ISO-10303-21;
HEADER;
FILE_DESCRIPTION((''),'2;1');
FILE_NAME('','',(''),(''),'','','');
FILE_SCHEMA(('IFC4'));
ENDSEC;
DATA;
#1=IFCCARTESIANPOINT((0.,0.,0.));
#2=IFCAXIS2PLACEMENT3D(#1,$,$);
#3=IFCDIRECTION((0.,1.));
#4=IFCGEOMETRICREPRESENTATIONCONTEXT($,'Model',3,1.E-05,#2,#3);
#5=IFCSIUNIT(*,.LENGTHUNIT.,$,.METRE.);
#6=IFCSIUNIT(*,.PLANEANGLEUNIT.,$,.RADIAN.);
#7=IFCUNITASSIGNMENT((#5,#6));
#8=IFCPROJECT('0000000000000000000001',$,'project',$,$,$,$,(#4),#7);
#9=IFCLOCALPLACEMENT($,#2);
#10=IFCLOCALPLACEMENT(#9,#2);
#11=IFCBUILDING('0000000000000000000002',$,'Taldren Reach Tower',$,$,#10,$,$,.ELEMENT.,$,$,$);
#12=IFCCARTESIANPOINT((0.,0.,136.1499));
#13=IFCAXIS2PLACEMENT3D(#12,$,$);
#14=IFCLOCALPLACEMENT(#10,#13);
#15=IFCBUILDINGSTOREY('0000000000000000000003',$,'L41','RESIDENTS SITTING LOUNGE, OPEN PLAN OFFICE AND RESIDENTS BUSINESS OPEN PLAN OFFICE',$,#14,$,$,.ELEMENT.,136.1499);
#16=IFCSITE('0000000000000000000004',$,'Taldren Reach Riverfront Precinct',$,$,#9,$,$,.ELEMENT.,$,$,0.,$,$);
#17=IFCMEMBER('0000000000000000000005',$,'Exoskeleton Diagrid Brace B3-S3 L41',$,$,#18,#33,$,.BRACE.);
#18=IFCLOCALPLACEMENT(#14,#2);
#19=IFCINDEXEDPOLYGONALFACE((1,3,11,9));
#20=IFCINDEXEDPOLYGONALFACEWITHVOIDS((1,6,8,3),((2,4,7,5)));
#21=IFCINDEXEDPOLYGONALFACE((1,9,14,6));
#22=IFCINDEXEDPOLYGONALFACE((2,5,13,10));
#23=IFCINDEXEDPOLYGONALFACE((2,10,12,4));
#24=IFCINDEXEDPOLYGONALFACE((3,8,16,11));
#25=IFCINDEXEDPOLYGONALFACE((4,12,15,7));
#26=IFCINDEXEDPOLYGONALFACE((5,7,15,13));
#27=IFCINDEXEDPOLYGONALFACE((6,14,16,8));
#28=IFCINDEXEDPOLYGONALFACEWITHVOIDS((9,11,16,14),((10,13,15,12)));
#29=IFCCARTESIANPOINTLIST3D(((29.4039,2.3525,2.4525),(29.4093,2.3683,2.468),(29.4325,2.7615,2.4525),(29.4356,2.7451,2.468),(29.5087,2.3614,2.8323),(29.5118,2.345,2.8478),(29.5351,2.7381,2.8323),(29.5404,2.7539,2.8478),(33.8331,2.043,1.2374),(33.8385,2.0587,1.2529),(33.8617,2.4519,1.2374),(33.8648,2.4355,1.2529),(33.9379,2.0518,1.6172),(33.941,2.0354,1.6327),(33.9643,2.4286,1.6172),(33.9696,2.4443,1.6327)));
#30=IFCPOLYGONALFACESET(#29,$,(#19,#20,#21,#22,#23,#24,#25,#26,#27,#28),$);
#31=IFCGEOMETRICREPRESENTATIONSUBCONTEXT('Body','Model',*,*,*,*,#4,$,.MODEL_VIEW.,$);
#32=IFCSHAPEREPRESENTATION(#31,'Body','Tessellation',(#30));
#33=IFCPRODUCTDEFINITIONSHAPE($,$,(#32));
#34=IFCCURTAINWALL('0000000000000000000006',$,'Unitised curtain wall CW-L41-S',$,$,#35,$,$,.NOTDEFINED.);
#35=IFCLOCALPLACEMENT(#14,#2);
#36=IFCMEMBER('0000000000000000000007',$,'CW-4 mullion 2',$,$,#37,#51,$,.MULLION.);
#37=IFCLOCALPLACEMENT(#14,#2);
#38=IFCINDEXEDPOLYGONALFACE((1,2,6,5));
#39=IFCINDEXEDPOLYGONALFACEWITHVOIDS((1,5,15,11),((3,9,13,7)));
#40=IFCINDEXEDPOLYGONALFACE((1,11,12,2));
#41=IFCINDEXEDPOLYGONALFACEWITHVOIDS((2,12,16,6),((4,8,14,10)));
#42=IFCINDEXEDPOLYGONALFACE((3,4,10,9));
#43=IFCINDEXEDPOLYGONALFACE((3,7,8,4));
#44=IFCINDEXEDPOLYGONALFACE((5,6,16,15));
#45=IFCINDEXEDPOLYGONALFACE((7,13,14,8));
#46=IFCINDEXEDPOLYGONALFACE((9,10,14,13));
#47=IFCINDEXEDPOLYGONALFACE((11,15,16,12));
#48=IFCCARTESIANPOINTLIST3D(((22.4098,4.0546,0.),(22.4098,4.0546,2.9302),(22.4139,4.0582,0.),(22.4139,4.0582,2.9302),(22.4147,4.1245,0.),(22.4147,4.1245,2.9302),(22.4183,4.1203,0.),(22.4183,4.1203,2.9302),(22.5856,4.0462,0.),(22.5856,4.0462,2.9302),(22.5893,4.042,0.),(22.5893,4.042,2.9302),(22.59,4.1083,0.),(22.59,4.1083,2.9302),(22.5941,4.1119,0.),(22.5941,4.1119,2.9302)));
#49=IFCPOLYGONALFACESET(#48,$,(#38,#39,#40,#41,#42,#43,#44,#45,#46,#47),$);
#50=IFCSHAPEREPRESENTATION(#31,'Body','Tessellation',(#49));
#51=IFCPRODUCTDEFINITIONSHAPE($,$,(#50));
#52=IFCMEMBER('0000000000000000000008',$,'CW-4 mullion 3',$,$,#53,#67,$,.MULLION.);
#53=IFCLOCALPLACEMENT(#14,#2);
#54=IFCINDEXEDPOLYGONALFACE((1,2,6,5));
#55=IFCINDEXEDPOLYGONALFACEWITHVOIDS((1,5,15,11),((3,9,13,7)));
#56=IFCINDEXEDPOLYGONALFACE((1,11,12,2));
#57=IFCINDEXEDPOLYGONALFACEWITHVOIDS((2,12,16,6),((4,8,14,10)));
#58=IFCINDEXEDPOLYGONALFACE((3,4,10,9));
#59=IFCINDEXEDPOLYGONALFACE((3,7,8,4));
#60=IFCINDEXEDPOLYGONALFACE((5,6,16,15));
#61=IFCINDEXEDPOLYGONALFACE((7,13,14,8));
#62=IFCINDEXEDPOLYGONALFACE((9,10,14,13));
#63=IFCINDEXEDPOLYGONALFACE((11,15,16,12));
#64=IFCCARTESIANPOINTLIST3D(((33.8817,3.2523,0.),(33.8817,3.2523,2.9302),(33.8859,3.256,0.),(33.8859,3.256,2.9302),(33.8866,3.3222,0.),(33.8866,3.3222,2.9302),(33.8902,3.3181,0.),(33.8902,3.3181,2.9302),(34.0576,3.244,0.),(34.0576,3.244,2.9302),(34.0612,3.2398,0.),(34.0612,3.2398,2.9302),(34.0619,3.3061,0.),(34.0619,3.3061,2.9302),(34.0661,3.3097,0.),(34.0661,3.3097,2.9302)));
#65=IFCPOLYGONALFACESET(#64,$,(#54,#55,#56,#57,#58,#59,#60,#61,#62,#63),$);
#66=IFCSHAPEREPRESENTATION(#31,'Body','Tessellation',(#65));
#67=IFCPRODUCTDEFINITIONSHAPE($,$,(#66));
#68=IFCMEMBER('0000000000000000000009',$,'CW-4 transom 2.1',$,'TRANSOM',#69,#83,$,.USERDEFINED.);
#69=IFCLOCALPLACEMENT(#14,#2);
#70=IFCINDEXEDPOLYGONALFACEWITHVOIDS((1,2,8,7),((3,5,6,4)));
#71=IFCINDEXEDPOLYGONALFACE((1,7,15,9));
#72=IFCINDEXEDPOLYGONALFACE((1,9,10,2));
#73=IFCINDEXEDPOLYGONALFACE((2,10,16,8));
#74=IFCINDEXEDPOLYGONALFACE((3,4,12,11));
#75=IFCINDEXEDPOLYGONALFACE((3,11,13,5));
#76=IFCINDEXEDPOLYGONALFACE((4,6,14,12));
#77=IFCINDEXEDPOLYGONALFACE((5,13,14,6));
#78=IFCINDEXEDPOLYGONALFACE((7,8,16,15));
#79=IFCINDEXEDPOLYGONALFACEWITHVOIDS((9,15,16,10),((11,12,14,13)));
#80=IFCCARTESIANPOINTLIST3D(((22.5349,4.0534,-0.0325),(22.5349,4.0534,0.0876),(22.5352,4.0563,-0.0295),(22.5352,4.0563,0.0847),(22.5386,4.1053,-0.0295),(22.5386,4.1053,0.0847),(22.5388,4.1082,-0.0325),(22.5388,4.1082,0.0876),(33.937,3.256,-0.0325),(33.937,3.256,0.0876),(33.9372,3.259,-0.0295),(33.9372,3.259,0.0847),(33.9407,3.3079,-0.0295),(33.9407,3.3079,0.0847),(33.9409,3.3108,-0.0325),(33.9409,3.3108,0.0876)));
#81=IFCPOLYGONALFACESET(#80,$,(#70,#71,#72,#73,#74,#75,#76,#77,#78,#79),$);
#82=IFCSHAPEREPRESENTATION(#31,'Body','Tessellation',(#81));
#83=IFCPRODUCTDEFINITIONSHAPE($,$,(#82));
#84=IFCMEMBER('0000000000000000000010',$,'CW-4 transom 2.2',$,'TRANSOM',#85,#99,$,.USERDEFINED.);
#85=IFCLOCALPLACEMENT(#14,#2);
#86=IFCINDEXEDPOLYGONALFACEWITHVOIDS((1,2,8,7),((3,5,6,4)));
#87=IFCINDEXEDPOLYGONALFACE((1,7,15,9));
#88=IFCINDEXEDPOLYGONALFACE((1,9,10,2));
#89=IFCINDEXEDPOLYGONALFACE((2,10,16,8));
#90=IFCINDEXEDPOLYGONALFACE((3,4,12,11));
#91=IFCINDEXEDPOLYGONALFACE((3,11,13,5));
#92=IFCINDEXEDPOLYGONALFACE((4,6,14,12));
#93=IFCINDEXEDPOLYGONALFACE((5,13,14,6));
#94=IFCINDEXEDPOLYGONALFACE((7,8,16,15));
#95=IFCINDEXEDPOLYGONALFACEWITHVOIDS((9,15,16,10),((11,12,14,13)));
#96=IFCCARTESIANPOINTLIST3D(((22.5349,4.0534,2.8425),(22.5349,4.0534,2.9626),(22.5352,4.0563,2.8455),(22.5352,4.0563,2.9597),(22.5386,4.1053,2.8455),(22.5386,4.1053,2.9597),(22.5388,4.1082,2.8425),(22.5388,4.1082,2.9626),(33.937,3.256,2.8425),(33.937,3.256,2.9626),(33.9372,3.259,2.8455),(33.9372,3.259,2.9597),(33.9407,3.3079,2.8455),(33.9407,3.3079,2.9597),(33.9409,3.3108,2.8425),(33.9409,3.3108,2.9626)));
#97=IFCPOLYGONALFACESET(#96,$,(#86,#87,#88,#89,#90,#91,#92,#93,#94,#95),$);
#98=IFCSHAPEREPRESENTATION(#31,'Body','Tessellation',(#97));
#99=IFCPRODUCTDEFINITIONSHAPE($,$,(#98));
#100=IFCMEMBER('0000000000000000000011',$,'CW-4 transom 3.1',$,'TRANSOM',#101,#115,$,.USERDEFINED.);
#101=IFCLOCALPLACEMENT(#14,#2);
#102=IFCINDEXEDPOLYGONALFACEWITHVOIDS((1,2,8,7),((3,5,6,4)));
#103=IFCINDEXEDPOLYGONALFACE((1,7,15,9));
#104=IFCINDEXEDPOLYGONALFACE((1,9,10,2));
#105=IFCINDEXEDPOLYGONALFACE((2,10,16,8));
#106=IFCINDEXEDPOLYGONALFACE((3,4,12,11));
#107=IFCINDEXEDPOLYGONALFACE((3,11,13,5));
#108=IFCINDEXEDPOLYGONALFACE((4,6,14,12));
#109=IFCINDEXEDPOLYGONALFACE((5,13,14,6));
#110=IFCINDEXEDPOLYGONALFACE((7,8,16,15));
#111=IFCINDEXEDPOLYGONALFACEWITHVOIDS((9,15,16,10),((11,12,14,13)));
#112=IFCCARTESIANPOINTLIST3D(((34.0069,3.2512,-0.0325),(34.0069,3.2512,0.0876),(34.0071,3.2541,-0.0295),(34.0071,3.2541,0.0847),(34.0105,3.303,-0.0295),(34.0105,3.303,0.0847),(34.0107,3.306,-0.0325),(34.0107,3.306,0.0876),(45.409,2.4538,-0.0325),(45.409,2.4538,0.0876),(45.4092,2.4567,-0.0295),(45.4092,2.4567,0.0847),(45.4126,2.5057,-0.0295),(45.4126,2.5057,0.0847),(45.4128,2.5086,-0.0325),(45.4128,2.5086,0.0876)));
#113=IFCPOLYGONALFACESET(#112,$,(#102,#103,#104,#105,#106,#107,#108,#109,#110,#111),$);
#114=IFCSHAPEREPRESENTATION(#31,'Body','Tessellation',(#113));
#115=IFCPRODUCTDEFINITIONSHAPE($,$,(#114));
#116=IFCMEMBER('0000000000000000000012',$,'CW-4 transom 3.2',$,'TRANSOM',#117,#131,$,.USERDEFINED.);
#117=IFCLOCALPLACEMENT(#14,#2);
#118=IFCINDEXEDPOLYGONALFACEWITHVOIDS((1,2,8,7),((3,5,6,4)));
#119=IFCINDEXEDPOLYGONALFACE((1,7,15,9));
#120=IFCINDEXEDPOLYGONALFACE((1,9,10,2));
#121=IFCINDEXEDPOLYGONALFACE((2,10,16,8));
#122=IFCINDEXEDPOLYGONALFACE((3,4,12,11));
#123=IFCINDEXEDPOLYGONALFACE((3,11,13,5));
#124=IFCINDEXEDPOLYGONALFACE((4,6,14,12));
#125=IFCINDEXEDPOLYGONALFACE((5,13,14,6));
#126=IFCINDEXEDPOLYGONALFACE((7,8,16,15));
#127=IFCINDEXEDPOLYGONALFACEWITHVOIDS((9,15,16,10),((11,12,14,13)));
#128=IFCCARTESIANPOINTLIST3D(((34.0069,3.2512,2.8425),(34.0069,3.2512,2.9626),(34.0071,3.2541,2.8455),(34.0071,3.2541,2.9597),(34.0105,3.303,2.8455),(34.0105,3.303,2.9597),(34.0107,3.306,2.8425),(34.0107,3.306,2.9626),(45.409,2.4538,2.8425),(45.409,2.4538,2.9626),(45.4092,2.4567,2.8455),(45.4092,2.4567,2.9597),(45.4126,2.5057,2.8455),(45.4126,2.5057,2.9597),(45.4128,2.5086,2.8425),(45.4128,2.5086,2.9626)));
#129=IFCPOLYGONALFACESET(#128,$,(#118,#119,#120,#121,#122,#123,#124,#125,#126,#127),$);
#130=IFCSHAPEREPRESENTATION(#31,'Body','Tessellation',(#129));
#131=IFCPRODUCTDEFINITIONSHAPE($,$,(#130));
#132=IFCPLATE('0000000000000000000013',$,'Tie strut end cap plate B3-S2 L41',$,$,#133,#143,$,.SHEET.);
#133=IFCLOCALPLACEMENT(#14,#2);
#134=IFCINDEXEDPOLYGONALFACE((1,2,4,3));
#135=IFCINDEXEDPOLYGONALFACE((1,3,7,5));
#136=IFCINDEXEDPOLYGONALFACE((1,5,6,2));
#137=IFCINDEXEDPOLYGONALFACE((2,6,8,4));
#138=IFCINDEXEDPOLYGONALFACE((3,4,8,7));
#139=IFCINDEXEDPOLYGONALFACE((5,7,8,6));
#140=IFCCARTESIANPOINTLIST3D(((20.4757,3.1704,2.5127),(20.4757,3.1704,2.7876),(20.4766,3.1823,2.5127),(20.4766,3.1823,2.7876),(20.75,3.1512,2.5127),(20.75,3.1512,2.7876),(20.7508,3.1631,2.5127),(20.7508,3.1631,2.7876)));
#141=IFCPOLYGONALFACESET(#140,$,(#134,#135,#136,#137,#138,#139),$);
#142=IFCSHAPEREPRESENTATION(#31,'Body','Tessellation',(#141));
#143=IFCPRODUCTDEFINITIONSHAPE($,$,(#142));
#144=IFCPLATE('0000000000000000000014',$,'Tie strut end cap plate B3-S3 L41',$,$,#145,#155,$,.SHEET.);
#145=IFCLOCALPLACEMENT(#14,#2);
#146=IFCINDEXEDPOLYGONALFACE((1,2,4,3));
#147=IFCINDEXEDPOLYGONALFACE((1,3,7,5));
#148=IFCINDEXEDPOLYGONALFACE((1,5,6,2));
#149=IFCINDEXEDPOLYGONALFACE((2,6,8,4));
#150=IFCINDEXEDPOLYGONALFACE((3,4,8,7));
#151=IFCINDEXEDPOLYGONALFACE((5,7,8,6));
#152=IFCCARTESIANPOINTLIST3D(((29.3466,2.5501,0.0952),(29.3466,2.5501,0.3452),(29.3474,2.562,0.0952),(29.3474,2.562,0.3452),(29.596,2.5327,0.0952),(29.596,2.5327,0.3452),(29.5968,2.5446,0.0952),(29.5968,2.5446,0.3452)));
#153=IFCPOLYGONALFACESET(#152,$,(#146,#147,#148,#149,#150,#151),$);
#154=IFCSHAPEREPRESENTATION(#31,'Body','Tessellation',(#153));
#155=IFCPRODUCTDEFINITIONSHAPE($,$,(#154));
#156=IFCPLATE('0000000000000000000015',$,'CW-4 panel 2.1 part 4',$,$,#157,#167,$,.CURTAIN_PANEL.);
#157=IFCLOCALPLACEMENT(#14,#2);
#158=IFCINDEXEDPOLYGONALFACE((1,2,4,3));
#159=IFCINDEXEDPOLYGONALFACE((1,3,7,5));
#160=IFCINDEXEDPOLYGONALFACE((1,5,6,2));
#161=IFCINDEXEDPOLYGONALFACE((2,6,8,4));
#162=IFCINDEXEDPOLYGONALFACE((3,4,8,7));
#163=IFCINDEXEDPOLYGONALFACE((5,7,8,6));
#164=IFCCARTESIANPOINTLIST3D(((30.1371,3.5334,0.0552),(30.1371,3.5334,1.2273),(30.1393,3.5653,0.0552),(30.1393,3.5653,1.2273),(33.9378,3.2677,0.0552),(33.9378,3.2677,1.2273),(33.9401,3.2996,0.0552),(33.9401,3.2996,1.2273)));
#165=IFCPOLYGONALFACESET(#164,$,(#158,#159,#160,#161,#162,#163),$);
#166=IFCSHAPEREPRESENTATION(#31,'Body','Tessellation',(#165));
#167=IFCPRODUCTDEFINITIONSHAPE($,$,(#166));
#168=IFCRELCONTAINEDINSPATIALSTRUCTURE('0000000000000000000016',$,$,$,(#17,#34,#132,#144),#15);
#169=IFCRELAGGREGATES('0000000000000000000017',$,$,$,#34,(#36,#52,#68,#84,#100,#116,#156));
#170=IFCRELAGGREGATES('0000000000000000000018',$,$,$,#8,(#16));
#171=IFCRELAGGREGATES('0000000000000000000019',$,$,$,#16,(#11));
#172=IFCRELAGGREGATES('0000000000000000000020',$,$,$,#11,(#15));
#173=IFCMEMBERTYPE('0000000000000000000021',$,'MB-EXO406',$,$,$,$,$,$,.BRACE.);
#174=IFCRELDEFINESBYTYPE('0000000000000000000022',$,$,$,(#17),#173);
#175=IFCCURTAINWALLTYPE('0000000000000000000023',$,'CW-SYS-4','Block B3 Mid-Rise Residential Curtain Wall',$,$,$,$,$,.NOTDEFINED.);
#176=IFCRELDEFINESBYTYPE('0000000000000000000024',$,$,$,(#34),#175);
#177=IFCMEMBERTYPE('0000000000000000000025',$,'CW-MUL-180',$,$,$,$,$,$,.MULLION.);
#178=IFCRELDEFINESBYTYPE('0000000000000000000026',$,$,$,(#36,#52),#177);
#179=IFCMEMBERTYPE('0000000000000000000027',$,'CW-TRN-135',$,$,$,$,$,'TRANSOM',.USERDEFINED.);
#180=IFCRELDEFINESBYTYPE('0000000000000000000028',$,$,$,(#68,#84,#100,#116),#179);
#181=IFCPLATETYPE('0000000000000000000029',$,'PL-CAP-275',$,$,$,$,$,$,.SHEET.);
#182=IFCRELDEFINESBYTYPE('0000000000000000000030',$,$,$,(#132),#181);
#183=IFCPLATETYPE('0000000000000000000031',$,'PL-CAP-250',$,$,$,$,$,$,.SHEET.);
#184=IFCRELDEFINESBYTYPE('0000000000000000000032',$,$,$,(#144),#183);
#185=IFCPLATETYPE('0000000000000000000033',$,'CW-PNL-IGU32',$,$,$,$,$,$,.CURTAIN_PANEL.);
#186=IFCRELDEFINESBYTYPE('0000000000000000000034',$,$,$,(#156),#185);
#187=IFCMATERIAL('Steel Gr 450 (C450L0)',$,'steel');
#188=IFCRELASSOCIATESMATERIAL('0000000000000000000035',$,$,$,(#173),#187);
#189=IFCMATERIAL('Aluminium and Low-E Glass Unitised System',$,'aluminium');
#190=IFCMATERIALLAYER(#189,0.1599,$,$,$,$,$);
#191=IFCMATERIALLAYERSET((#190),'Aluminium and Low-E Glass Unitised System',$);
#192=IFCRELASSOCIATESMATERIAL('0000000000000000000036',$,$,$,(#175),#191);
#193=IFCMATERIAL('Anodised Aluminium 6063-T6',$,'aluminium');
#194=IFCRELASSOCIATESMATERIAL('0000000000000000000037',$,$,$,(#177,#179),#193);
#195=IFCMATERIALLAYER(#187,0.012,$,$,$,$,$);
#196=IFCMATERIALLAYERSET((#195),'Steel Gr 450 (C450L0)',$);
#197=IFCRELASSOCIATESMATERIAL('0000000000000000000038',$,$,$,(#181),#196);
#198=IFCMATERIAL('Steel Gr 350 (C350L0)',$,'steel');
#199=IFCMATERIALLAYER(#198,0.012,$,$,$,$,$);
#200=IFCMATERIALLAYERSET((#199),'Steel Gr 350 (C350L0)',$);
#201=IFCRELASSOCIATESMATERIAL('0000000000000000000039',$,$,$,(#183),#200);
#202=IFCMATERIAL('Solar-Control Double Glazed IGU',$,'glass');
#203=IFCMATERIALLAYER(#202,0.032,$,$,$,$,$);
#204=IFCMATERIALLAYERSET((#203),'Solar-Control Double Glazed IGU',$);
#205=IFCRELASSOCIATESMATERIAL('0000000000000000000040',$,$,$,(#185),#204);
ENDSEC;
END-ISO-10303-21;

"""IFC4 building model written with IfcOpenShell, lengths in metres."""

from ifc_helpers import new_model, si_unit, direction, frame, origin, origin_2d, place, context, subcontext, project, spatial, rectangle, hollow_rectangle, extrude, source, transform, mapped, material, layer, layer_set, material_profile, profile_set, type_object, element, aggregate, save


model = new_model("IFC4")

# Units and contexts
model_context = context("Model", 3, precision=1e-05, world=origin(), true_north=direction((0.0, 1.0)))
body_context = subcontext(model_context, "Body", "Model", "MODEL_VIEW")
ifc_project = project(units=[si_unit("LENGTHUNIT", "METRE"), si_unit("PLANEANGLEUNIT", "RADIAN")], contexts=[model_context])

# Site, building, storey
site_placement = place(None, origin())
site = spatial("IfcSite", under=ifc_project, at=site_placement, Name="Taldren Reach Riverfront Precinct", CompositionType="ELEMENT", RefElevation=0.0)
building_placement = place(site_placement, origin())
building = spatial("IfcBuilding", under=site, at=building_placement, Name="Taldren Reach Tower", CompositionType="ELEMENT")
storey_placement = place(building_placement, frame((0.0, 0.0, 136.1499)))
storey = spatial("IfcBuildingStorey", under=building, at=storey_placement, Name="L41", Description="RESIDENTS SITTING LOUNGE, OPEN PLAN OFFICE AND RESIDENTS BUSINESS OPEN PLAN OFFICE", CompositionType="ELEMENT", Elevation=136.1499)

# Shared definitions
ifc_material_1 = material(Name="Steel Gr 450 (C450L0)", Category="steel")
ifc_material_2 = material(Name="Steel Gr 350 (C350L0)", Category="steel")

# Member
ifc_material_profile_1 = material_profile(ifc_material_1, hollow_rectangle(XDim=0.4099, YDim=0.4099, WallThickness=0.0161, at=origin_2d()), Name="410x410x16.0SHS")
ifc_profile_set_1 = profile_set([ifc_material_profile_1], Name="Steel Gr 450 (C450L0)")
member_type_1 = type_object("IfcMemberType", Name="MB-EXO406", PredefinedType="BRACE", material=ifc_profile_set_1)
shared_shape_1 = source(origin(), body_context, "Body", "SweptSolid", [
    extrude(hollow_rectangle(XDim=0.4099, YDim=0.4099, WallThickness=0.0161, at=origin_2d()), origin(), (0.0, 0.0, 1.0), 4.6033),
])
for number, where, z_axis, x_axis, name in (
    (1, (33.9014, 2.2437, 1.4351), (-0.962186, 0.06725, 0.263962), (-0.069723, -0.997566, 0.0), "Exoskeleton Diagrid Brace B3-S3 L41"),
):
    element("IfcMember", number, at=place(storey_placement, frame(where, z_axis=z_axis, x_axis=x_axis)), inside=storey, type_object=member_type_1, Name=name, PredefinedType="BRACE", context=body_context, shape_type="MappedRepresentation", body=[
        mapped(shared_shape_1, transform((0.0, 0.0, 0.0), scale=1.0)),
    ])

# Curtain wall, members
ifc_material_3 = material(Name="Aluminium and Low-E Glass Unitised System", Category="aluminium")
ifc_layer_1 = layer(ifc_material_3, 0.1599)
ifc_layer_set_1 = layer_set([ifc_layer_1], Name="Aluminium and Low-E Glass Unitised System")
curtain_wall_type = type_object("IfcCurtainWallType", Name="CW-SYS-4", Description="Block B3 Mid-Rise Residential Curtain Wall", PredefinedType="NOTDEFINED", material=ifc_layer_set_1)
curtain_wall_placement = place(storey_placement, origin())
curtain_wall = element("IfcCurtainWall", 2, at=curtain_wall_placement, inside=storey, type_object=curtain_wall_type, Name="Unitised curtain wall CW-L41-S", PredefinedType="NOTDEFINED")
ifc_material_4 = material(Name="Anodised Aluminium 6063-T6", Category="aluminium")
ifc_material_profile_2 = material_profile(ifc_material_4, hollow_rectangle(XDim=0.0701, YDim=0.1799, WallThickness=0.0039, at=origin_2d()), Name="ALU-180x70x4RHS")
ifc_profile_set_2 = profile_set([ifc_material_profile_2], Name="Anodised Aluminium 6063-T6")
member_type_2 = type_object("IfcMemberType", Name="CW-MUL-180", PredefinedType="MULLION", material=ifc_profile_set_2)
shared_shape_2 = source(origin(), body_context, "Body", "SweptSolid", [
    extrude(hollow_rectangle(XDim=0.0701, YDim=0.1799, WallThickness=0.0039, at=origin_2d()), origin(), (0.0, 0.0, 1.0), 2.9302),
])
member_1_placement = place(storey_placement, frame((22.502, 4.0833, 0.0), z_axis=(0.0, 0.0, 1.0), x_axis=(0.069757, 0.997564, 0.0)))
member_1 = element("IfcMember", 3, at=member_1_placement, type_object=member_type_2, Name="CW-4 mullion 2", PredefinedType="MULLION", context=body_context, shape_type="MappedRepresentation", body=[
    mapped(shared_shape_2, transform((0.0, 0.0, 0.0), scale=1.0)),
])
member_2_placement = place(storey_placement, frame((33.9739, 3.281, 0.0), z_axis=(0.0, 0.0, 1.0), x_axis=(0.069757, 0.997564, 0.0)))
member_2 = element("IfcMember", 4, at=member_2_placement, type_object=member_type_2, Name="CW-4 mullion 3", PredefinedType="MULLION", context=body_context, shape_type="MappedRepresentation", body=[
    mapped(shared_shape_2, transform((0.0, 0.0, 0.0), scale=1.0)),
])
ifc_material_profile_3 = material_profile(ifc_material_4, hollow_rectangle(XDim=0.0549, YDim=0.1201, WallThickness=0.0029, at=origin_2d()), Name="ALU-120x55x3RHS")
ifc_profile_set_3 = profile_set([ifc_material_profile_3], Name="Anodised Aluminium 6063-T6")
member_type_3 = type_object("IfcMemberType", Name="CW-TRN-135", ElementType="TRANSOM", PredefinedType="USERDEFINED", material=ifc_profile_set_3)
shared_shape_3 = source(origin(), body_context, "Body", "SweptSolid", [
    extrude(hollow_rectangle(XDim=0.0549, YDim=0.1201, WallThickness=0.0029, at=origin_2d()), origin(), (0.0, 0.0, 1.0), 11.4299),
])
member_3_placement = place(storey_placement, frame((22.5369, 4.0808, 0.0276), z_axis=(0.997564, -0.069761, 0.0), x_axis=(0.069761, 0.997564, 0.0)))
member_3 = element("IfcMember", 5, at=member_3_placement, type_object=member_type_3, Name="CW-4 transom 2.1", ObjectType="TRANSOM", PredefinedType="USERDEFINED", context=body_context, shape_type="MappedRepresentation", body=[
    mapped(shared_shape_3, transform((0.0, 0.0, 0.0), scale=1.0)),
])
member_4_placement = place(storey_placement, frame((22.5369, 4.0808, 2.9026), z_axis=(0.997564, -0.069761, 0.0), x_axis=(0.069761, 0.997564, 0.0)))
member_4 = element("IfcMember", 6, at=member_4_placement, type_object=member_type_3, Name="CW-4 transom 2.2", ObjectType="TRANSOM", PredefinedType="USERDEFINED", context=body_context, shape_type="MappedRepresentation", body=[
    mapped(shared_shape_3, transform((0.0, 0.0, 0.0), scale=1.0)),
])
member_5_placement = place(storey_placement, frame((34.0088, 3.2786, 0.0276), z_axis=(0.997564, -0.069761, 0.0), x_axis=(0.069761, 0.997564, 0.0)))
member_5 = element("IfcMember", 7, at=member_5_placement, type_object=member_type_3, Name="CW-4 transom 3.1", ObjectType="TRANSOM", PredefinedType="USERDEFINED", context=body_context, shape_type="MappedRepresentation", body=[
    mapped(shared_shape_3, transform((0.0, 0.0, 0.0), scale=1.0)),
])
member_6_placement = place(storey_placement, frame((34.0088, 3.2786, 2.9026), z_axis=(0.997564, -0.069761, 0.0), x_axis=(0.069761, 0.997564, 0.0)))
member_6 = element("IfcMember", 8, at=member_6_placement, type_object=member_type_3, Name="CW-4 transom 3.2", ObjectType="TRANSOM", PredefinedType="USERDEFINED", context=body_context, shape_type="MappedRepresentation", body=[
    mapped(shared_shape_3, transform((0.0, 0.0, 0.0), scale=1.0)),
])

# Plates
ifc_layer_2 = layer(ifc_material_1, 0.012)
ifc_layer_set_2 = layer_set([ifc_layer_2], Name="Steel Gr 450 (C450L0)")
plate_type_1 = type_object("IfcPlateType", Name="PL-CAP-275", PredefinedType="SHEET", material=ifc_layer_set_2)
shared_shape_4 = source(origin(), body_context, "Body", "SweptSolid", [
    extrude(rectangle(XDim=0.2749, YDim=0.012, at=origin_2d()), origin(), (0.0, 0.0, 1.0), 0.2749),
])
plate_1_placement = place(storey_placement, frame((20.6133, 3.1667, 2.5127), z_axis=(0.0, 0.0, 1.0), x_axis=(0.997564, -0.069756, 0.0)))
element("IfcPlate", 9, at=plate_1_placement, inside=storey, type_object=plate_type_1, Name="Tie strut end cap plate B3-S2 L41", PredefinedType="SHEET", context=body_context, shape_type="MappedRepresentation", body=[
    mapped(shared_shape_4, transform((0.0, 0.0, 0.0), scale=1.0)),
])
ifc_layer_3 = layer(ifc_material_2, 0.012)
ifc_layer_set_3 = layer_set([ifc_layer_3], Name="Steel Gr 350 (C350L0)")
plate_type_2 = type_object("IfcPlateType", Name="PL-CAP-250", PredefinedType="SHEET", material=ifc_layer_set_3)
shared_shape_5 = source(origin(), body_context, "Body", "SweptSolid", [
    extrude(rectangle(XDim=0.25, YDim=0.012, at=origin_2d()), origin(), (0.0, 0.0, 1.0), 0.25),
])
plate_2_placement = place(storey_placement, frame((29.4717, 2.5474, 0.0952), z_axis=(0.0, 0.0, 1.0), x_axis=(0.997564, -0.069756, 0.0)))
element("IfcPlate", 10, at=plate_2_placement, inside=storey, type_object=plate_type_2, Name="Tie strut end cap plate B3-S3 L41", PredefinedType="SHEET", context=body_context, shape_type="MappedRepresentation", body=[
    mapped(shared_shape_5, transform((0.0, 0.0, 0.0), scale=1.0)),
])

# Plate
ifc_material_5 = material(Name="Solar-Control Double Glazed IGU", Category="glass")
ifc_layer_4 = layer(ifc_material_5, 0.032)
ifc_layer_set_4 = layer_set([ifc_layer_4], Name="Solar-Control Double Glazed IGU")
plate_type_3 = type_object("IfcPlateType", Name="CW-PNL-IGU32", PredefinedType="CURTAIN_PANEL", material=ifc_layer_set_4)
shared_shape_6 = source(origin(), body_context, "Body", "SweptSolid", [
    extrude(rectangle(XDim=3.8101, YDim=0.032, at=origin_2d()), origin(), (0.0, 0.0, 1.0), 1.1721),
])
plate_3_placement = place(storey_placement, frame((32.0386, 3.4165, 0.0552), z_axis=(0.0, 0.0, 1.0), x_axis=(0.997564, -0.069757, 0.0)))
plate_3 = element("IfcPlate", 11, at=plate_3_placement, type_object=plate_type_3, Name="CW-4 panel 2.1 part 4", PredefinedType="CURTAIN_PANEL", context=body_context, shape_type="MappedRepresentation", body=[
    mapped(shared_shape_6, transform((0.0, 0.0, 0.0), scale=1.0)),
])
aggregate(curtain_wall, [member_1, member_2, member_3, member_4, member_5, member_6, plate_3])

save(model, "model.ifc")
